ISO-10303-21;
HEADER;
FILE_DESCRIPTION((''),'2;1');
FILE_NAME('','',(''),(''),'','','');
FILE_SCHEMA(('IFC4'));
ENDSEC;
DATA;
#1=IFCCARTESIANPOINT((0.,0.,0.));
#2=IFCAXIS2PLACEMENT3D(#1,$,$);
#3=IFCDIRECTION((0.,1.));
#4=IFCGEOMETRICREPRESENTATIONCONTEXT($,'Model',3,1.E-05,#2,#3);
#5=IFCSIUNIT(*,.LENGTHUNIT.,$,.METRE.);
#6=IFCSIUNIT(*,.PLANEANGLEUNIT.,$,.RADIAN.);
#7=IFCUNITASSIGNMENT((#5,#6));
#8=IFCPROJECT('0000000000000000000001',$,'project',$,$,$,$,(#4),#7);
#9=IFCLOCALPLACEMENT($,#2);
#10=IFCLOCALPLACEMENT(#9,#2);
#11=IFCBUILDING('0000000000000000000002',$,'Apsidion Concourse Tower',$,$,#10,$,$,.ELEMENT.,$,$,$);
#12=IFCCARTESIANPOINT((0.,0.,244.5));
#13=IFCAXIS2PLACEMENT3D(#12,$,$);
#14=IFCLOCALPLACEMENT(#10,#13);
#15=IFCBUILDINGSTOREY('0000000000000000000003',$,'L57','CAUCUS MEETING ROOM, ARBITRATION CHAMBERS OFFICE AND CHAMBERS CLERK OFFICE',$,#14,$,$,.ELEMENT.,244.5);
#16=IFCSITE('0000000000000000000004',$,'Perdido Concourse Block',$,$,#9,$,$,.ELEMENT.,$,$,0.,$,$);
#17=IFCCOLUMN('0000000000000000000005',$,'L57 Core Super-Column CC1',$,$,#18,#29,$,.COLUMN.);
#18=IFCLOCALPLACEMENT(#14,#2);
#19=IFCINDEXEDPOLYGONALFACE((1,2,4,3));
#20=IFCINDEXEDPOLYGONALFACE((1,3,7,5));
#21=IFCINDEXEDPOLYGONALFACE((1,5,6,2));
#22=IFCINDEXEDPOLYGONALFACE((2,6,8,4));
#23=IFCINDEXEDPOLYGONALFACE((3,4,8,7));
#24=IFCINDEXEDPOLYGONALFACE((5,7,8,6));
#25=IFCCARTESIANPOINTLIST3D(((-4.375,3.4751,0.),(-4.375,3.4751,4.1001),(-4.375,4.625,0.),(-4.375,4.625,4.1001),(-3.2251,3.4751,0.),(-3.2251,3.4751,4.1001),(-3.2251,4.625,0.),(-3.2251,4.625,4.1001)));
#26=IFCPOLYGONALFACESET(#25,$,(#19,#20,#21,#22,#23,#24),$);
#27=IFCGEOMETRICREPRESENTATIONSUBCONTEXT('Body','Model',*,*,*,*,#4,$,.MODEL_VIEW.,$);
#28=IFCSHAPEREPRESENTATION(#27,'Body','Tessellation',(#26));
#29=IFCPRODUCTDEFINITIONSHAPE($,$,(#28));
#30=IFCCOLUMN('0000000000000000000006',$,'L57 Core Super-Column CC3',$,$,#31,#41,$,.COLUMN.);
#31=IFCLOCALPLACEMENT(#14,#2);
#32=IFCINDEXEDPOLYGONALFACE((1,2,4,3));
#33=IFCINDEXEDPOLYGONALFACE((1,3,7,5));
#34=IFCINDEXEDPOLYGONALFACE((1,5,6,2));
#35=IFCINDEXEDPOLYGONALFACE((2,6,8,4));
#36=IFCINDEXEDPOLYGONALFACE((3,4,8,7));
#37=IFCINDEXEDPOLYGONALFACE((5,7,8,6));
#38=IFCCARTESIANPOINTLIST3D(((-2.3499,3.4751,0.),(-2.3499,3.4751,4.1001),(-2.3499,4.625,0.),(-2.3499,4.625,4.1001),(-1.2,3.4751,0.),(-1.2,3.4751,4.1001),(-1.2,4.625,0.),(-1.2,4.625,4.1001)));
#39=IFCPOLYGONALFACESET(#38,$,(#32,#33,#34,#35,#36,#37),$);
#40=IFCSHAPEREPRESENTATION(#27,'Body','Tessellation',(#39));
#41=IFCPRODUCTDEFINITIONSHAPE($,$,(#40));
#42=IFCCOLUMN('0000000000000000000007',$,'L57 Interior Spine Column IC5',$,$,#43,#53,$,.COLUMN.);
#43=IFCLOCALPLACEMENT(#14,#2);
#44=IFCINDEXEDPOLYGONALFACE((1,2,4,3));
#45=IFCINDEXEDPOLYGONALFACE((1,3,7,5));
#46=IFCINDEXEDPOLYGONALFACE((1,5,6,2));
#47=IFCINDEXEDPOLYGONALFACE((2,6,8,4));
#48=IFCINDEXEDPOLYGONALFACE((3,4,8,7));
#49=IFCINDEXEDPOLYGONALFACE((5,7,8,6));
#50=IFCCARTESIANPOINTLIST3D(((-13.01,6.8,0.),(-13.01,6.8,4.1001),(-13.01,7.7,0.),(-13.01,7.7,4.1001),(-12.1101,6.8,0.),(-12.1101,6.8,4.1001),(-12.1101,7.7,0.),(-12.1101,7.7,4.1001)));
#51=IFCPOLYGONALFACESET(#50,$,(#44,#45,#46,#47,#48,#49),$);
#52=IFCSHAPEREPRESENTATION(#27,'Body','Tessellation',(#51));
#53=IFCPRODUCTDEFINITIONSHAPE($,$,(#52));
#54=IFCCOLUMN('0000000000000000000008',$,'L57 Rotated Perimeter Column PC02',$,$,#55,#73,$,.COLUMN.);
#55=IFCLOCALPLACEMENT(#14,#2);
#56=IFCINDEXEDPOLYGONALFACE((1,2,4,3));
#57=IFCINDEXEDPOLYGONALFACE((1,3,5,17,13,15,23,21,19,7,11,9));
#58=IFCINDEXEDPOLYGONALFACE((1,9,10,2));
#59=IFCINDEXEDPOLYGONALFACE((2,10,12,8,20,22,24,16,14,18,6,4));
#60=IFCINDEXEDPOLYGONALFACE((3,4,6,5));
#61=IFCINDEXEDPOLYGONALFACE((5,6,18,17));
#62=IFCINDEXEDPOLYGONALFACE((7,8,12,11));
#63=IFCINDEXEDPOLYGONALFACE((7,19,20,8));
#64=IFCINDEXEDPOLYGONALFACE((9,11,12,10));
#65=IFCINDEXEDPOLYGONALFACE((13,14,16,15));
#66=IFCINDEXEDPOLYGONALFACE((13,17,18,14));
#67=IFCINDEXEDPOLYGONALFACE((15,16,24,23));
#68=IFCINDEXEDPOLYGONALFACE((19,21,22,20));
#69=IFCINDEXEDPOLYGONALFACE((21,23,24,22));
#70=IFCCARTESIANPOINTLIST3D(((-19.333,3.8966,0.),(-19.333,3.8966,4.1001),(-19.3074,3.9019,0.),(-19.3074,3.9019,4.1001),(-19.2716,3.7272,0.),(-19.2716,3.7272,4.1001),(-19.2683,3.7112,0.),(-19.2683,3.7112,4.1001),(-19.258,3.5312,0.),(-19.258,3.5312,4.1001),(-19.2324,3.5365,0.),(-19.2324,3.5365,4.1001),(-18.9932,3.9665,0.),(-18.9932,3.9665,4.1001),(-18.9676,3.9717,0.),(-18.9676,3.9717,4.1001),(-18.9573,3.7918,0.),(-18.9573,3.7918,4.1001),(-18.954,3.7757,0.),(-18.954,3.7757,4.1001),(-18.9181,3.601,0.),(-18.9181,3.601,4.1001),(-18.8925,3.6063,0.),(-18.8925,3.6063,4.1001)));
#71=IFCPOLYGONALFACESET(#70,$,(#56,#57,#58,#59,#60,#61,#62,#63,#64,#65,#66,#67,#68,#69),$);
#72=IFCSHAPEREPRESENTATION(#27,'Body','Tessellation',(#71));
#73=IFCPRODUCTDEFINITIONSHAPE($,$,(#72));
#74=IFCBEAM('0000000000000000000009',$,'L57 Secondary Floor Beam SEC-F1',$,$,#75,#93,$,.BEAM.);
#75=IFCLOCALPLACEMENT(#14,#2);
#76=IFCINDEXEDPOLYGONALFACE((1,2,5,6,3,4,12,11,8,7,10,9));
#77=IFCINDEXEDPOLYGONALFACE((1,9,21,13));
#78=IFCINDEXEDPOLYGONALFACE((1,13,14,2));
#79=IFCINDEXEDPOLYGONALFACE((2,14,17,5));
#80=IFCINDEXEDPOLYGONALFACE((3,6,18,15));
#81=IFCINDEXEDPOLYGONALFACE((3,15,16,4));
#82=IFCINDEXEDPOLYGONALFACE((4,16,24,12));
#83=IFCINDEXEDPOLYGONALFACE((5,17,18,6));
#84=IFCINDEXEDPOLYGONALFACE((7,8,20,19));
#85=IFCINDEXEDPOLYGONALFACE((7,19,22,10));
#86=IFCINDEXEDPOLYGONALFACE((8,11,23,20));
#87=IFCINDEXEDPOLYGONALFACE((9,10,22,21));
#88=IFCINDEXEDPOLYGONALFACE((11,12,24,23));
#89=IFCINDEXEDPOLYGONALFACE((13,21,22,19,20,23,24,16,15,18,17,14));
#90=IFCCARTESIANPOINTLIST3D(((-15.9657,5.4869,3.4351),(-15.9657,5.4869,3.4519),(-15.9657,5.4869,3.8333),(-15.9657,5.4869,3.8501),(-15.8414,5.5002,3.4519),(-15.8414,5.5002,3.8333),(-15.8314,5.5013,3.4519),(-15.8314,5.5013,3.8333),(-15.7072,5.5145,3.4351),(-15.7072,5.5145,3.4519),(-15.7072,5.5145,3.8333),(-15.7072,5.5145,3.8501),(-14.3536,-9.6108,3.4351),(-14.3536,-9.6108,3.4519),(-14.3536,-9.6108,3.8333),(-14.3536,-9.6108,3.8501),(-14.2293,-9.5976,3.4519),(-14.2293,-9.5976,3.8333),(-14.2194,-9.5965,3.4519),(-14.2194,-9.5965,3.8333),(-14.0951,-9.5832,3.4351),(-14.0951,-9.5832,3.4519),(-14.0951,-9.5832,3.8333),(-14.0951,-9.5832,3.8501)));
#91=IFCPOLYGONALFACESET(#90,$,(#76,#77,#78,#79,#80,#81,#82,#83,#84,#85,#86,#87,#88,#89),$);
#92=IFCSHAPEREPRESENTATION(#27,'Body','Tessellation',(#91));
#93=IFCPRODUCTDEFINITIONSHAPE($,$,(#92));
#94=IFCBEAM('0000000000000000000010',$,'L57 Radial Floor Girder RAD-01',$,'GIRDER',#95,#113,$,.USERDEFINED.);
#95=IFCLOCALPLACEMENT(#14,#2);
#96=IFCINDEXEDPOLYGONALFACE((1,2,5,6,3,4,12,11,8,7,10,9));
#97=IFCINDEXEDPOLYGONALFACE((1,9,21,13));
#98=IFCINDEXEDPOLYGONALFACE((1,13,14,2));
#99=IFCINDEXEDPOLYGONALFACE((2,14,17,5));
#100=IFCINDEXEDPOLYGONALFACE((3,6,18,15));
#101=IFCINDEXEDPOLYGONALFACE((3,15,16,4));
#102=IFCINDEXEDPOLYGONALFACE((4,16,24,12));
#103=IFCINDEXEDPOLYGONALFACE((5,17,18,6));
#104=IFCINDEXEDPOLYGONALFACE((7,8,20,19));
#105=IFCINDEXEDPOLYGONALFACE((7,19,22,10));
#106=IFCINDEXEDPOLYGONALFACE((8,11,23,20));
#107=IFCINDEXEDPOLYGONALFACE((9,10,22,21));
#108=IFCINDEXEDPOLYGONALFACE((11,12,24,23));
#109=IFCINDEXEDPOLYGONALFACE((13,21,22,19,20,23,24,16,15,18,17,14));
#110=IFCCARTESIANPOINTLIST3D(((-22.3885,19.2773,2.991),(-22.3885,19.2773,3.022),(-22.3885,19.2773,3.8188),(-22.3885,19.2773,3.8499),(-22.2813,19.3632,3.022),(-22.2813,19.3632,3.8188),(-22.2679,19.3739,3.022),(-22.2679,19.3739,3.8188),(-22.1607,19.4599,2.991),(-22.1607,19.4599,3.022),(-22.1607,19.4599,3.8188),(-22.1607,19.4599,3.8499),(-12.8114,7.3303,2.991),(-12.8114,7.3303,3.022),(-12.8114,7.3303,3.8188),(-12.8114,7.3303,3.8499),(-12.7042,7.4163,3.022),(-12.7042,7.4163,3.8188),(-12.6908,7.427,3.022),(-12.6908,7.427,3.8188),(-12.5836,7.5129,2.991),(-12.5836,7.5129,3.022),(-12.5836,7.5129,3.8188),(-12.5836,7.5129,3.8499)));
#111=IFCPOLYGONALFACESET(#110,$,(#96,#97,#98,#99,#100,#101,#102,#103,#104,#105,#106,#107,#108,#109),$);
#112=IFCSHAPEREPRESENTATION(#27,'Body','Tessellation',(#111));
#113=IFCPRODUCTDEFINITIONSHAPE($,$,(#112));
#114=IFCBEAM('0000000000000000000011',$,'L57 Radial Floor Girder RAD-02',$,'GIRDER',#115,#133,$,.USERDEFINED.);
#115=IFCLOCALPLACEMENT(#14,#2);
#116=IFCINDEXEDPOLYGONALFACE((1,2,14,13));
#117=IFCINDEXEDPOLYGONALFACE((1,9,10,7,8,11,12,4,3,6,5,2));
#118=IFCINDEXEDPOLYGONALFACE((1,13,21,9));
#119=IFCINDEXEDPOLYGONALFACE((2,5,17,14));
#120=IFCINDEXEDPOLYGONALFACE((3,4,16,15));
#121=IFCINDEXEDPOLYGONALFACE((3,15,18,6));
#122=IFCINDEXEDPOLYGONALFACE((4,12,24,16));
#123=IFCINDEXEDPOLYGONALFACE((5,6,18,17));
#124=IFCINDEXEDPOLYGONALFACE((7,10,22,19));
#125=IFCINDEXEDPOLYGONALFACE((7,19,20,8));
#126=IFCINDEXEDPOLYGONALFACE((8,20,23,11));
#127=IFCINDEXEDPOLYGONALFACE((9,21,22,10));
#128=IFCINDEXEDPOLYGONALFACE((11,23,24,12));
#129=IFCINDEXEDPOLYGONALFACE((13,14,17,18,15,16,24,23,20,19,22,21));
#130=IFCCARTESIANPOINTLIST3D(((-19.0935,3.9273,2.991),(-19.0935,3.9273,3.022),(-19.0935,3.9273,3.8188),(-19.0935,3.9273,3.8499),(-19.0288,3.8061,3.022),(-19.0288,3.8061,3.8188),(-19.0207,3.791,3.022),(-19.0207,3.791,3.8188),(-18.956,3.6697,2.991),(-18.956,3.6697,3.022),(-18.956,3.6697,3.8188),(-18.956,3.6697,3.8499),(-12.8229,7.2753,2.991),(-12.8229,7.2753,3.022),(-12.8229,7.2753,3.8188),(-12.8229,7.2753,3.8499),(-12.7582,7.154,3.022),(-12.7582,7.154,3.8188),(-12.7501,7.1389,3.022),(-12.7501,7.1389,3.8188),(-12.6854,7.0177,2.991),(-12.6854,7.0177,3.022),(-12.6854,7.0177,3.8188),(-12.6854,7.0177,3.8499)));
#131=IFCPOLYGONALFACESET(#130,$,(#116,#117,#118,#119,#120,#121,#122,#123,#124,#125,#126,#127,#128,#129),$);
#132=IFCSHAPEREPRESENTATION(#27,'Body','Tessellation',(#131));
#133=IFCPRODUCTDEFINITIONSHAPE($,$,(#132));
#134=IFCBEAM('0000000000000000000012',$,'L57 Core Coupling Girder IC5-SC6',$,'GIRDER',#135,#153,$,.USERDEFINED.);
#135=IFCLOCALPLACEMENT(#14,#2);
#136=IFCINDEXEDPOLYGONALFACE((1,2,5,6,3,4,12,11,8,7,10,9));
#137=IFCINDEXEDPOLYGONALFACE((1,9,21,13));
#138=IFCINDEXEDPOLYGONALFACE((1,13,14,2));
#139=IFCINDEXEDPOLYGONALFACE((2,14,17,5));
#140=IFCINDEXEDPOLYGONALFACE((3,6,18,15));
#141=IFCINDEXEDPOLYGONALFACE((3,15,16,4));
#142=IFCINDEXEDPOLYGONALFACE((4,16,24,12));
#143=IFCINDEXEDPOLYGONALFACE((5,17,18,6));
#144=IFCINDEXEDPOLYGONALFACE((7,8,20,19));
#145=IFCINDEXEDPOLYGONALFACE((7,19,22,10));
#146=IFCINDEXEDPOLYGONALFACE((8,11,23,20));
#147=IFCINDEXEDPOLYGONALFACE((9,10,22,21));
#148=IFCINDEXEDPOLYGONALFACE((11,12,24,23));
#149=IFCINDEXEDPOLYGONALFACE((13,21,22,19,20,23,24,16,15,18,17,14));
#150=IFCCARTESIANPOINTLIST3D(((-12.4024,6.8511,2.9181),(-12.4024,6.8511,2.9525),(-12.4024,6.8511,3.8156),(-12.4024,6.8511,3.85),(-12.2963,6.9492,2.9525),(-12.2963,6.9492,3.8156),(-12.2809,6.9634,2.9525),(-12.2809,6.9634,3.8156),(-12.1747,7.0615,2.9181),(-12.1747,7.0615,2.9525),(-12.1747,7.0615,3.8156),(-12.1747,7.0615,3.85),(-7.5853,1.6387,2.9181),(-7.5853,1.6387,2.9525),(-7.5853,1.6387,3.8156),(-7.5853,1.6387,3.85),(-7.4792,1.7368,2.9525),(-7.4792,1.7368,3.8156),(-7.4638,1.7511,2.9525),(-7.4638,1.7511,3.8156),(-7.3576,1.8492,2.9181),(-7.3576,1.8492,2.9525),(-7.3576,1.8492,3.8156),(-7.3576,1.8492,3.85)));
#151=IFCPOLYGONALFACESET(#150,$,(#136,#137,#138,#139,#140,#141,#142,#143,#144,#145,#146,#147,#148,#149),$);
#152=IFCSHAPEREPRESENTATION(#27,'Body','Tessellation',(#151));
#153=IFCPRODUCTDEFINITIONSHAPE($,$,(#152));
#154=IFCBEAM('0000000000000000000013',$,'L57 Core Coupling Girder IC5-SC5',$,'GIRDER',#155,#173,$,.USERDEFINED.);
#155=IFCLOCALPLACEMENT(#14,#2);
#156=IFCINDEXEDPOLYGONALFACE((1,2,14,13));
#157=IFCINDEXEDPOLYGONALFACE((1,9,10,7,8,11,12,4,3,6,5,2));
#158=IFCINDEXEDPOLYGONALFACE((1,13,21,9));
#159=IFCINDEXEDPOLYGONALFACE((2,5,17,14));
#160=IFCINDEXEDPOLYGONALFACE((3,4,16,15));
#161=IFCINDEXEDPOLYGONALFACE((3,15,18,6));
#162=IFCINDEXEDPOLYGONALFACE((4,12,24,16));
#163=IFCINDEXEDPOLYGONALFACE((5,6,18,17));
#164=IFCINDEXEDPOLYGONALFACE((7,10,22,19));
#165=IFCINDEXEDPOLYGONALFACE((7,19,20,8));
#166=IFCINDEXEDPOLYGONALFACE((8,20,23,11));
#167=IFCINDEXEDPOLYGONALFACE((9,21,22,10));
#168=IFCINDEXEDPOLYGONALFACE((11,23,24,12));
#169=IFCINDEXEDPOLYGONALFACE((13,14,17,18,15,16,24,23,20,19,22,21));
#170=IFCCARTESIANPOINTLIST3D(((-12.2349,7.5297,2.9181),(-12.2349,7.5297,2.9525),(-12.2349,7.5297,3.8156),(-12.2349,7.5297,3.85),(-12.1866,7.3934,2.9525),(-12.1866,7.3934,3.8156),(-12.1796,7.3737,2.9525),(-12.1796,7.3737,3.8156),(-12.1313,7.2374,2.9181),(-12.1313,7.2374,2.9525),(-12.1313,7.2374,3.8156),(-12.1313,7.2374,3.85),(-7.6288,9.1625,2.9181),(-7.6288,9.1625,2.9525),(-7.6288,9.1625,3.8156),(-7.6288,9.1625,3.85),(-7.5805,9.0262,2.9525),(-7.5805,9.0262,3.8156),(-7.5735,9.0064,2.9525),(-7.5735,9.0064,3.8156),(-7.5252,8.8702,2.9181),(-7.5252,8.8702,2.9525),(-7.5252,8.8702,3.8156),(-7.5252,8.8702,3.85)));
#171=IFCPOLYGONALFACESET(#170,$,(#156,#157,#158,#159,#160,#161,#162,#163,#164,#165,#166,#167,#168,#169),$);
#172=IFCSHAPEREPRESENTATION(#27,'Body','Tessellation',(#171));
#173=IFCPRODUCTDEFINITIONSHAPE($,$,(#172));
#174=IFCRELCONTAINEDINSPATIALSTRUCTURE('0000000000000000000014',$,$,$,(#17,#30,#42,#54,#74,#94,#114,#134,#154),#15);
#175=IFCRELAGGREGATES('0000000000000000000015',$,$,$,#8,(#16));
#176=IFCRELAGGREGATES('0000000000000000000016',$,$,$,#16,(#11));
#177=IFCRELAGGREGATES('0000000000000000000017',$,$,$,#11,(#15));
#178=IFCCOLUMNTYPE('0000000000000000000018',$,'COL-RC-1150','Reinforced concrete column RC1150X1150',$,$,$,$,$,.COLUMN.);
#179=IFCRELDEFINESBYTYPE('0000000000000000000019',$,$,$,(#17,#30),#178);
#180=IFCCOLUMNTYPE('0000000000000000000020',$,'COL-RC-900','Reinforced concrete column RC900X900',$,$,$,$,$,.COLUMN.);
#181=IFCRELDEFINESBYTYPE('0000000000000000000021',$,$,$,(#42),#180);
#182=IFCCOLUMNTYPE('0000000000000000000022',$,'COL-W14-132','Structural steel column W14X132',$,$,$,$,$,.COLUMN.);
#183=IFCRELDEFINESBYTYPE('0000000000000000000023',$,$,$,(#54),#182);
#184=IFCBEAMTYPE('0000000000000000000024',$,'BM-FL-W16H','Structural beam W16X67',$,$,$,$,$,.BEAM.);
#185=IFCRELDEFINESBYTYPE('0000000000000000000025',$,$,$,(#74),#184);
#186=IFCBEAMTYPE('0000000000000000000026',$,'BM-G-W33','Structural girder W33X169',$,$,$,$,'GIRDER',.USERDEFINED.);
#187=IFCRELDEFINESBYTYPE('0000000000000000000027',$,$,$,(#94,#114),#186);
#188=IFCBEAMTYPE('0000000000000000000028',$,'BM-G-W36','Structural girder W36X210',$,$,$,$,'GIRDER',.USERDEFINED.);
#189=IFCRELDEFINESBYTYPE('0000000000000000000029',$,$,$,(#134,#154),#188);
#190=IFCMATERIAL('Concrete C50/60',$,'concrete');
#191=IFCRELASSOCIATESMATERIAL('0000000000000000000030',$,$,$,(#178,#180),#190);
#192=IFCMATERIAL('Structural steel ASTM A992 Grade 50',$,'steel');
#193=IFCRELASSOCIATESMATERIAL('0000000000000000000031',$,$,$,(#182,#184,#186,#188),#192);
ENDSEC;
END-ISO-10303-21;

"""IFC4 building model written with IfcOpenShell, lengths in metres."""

from ifc_helpers import new_model, si_unit, direction, frame, origin, origin_2d, place, context, subcontext, project, spatial, rectangle, i_section, extrude, material, material_profile, profile_set, type_object, element, save


model = new_model("IFC4")

# Units and contexts
model_context = context("Model", 3, precision=1e-05, world=origin(), true_north=direction((0.0, 1.0)))
body_context = subcontext(model_context, "Body", "Model", "MODEL_VIEW")
ifc_project = project(units=[si_unit("LENGTHUNIT", "METRE"), si_unit("PLANEANGLEUNIT", "RADIAN")], contexts=[model_context])

# Site, building, storey
site_placement = place(None, origin())
site = spatial("IfcSite", under=ifc_project, at=site_placement, Name="Perdido Concourse Block", CompositionType="ELEMENT", RefElevation=0.0)
building_placement = place(site_placement, origin())
building = spatial("IfcBuilding", under=site, at=building_placement, Name="Apsidion Concourse Tower", CompositionType="ELEMENT")
storey_placement = place(building_placement, frame((0.0, 0.0, 244.5)))
storey = spatial("IfcBuildingStorey", under=building, at=storey_placement, Name="L57", Description="CAUCUS MEETING ROOM, ARBITRATION CHAMBERS OFFICE AND CHAMBERS CLERK OFFICE", CompositionType="ELEMENT", Elevation=244.5)

# Columns
ifc_material_1 = material(Name="Concrete C50/60", Category="concrete")
ifc_material_profile_1 = material_profile(ifc_material_1, rectangle(XDim=1.1499, YDim=1.1499, at=origin_2d()), Name="RC 1150x1150")
ifc_profile_set_1 = profile_set([ifc_material_profile_1], Name="Concrete C50/60")
column_type_1 = type_object("IfcColumnType", Name="COL-RC-1150", Description="Reinforced concrete column RC1150X1150", PredefinedType="COLUMN", material=ifc_profile_set_1)
for number, where, z_axis, x_axis, name in (
    (1, (-3.8, 4.05, 0.0), (0.0, 0.0, 1.0), (1.0, 0.0, 0.0), "L57 Core Super-Column CC1"),
    (2, (-1.7749, 4.05, 0.0), (0.0, 0.0, 1.0), (1.0, 0.0, 0.0), "L57 Core Super-Column CC3"),
):
    element("IfcColumn", number, at=place(storey_placement, frame(where, z_axis=z_axis, x_axis=x_axis)), inside=storey, type_object=column_type_1, Name=name, PredefinedType="COLUMN", context=body_context, shape_type="SweptSolid", body=[
        extrude(rectangle(XDim=1.1499, YDim=1.1499, at=origin_2d()), origin(), (0.0, 0.0, 1.0), 4.1001),
    ])
ifc_material_profile_2 = material_profile(ifc_material_1, rectangle(XDim=0.8999, YDim=0.8999, at=origin_2d()), Name="RC 900x900")
ifc_profile_set_2 = profile_set([ifc_material_profile_2], Name="Concrete C50/60")
column_type_2 = type_object("IfcColumnType", Name="COL-RC-900", Description="Reinforced concrete column RC900X900", PredefinedType="COLUMN", material=ifc_profile_set_2)
column_1_placement = place(storey_placement, frame((-12.5601, 7.25, 0.0), z_axis=(0.0, 0.0, 1.0), x_axis=(1.0, 0.0, 0.0)))
element("IfcColumn", 3, at=column_1_placement, inside=storey, type_object=column_type_2, Name="L57 Interior Spine Column IC5", PredefinedType="COLUMN", context=body_context, shape_type="SweptSolid", body=[
    extrude(rectangle(XDim=0.8999, YDim=0.8999, at=origin_2d()), origin(), (0.0, 0.0, 1.0), 4.1001),
])
ifc_material_2 = material(Name="Structural steel ASTM A992 Grade 50", Category="steel")
ifc_material_profile_3 = material_profile(ifc_material_2, i_section(OverallWidth=0.373, OverallDepth=0.373, WebThickness=0.0164, FlangeThickness=0.0261, at=origin_2d()), Name="W14X132")
ifc_profile_set_3 = profile_set([ifc_material_profile_3], Name="Structural steel ASTM A992 Grade 50")
column_type_3 = type_object("IfcColumnType", Name="COL-W14-132", Description="Structural steel column W14X132", PredefinedType="COLUMN", material=ifc_profile_set_3)
column_2_placement = place(storey_placement, frame((-19.1128, 3.7515, 0.0), z_axis=(0.0, 0.0, 1.0), x_axis=(-0.201249, 0.97954, 0.0)))
element("IfcColumn", 4, at=column_2_placement, inside=storey, type_object=column_type_3, Name="L57 Rotated Perimeter Column PC02", PredefinedType="COLUMN", context=body_context, shape_type="SweptSolid", body=[
    extrude(i_section(OverallWidth=0.373, OverallDepth=0.373, WebThickness=0.0164, FlangeThickness=0.0261, at=origin_2d()), origin(), (0.0, 0.0, 1.0), 4.1001),
])

# Beams
ifc_material_profile_4 = material_profile(ifc_material_2, i_section(OverallWidth=0.26, OverallDepth=0.415, WebThickness=0.01, FlangeThickness=0.0168, at=origin_2d()), Name="W16X67")
ifc_profile_set_4 = profile_set([ifc_material_profile_4], Name="Structural steel ASTM A992 Grade 50")
beam_type_1 = type_object("IfcBeamType", Name="BM-FL-W16H", Description="Structural beam W16X67", PredefinedType="BEAM", material=ifc_profile_set_4)
beam_1_placement = place(storey_placement, frame((-15.8364, 5.5007, 3.6426), z_axis=(0.106172, -0.994348, 0.0), x_axis=(0.994348, 0.106172, 0.0)))
element("IfcBeam", 5, at=beam_1_placement, inside=storey, type_object=beam_type_1, Name="L57 Secondary Floor Beam SEC-F1", PredefinedType="BEAM", context=body_context, shape_type="SweptSolid", body=[
    extrude(i_section(OverallWidth=0.26, OverallDepth=0.415, WebThickness=0.01, FlangeThickness=0.0168, at=origin_2d()), origin(), (0.0, 0.0, 1.0), 15.1836),
])
ifc_material_profile_5 = material_profile(ifc_material_2, i_section(OverallWidth=0.292, OverallDepth=0.8589, WebThickness=0.0171, FlangeThickness=0.031, at=origin_2d()), Name="W33X169")
ifc_profile_set_5 = profile_set([ifc_material_profile_5], Name="Structural steel ASTM A992 Grade 50")
beam_type_2 = type_object("IfcBeamType", Name="BM-G-W33", Description="Structural girder W33X169", ElementType="GIRDER", PredefinedType="USERDEFINED", material=ifc_profile_set_5)
beam_2_placement = place(storey_placement, frame((-12.6975, 7.4216, 3.4204), z_axis=(-0.625473, 0.780246, 0.0), x_axis=(-0.780246, -0.625473, 0.0)))
element("IfcBeam", 6, at=beam_2_placement, inside=storey, type_object=beam_type_2, Name="L57 Radial Floor Girder RAD-01", ObjectType="GIRDER", PredefinedType="USERDEFINED", context=body_context, shape_type="SweptSolid", body=[
    extrude(i_section(OverallWidth=0.292, OverallDepth=0.8589, WebThickness=0.0171, FlangeThickness=0.031, at=origin_2d()), origin(), (0.0, 0.0, 1.0), 15.3118),
])
beam_3_placement = place(storey_placement, frame((-12.7542, 7.1465, 3.4204), z_axis=(-0.882141, -0.470986, 0.0), x_axis=(0.470986, -0.882141, 0.0)))
element("IfcBeam", 7, at=beam_3_placement, inside=storey, type_object=beam_type_2, Name="L57 Radial Floor Girder RAD-02", ObjectType="GIRDER", PredefinedType="USERDEFINED", context=body_context, shape_type="SweptSolid", body=[
    extrude(i_section(OverallWidth=0.292, OverallDepth=0.8589, WebThickness=0.0171, FlangeThickness=0.031, at=origin_2d()), origin(), (0.0, 0.0, 1.0), 7.1084),
])
ifc_material_profile_6 = material_profile(ifc_material_2, i_section(OverallWidth=0.3101, OverallDepth=0.9319, WebThickness=0.021, FlangeThickness=0.0344, at=origin_2d()), Name="W36X210")
ifc_profile_set_6 = profile_set([ifc_material_profile_6], Name="Structural steel ASTM A992 Grade 50")
beam_type_3 = type_object("IfcBeamType", Name="BM-G-W36", Description="Structural girder W36X210", ElementType="GIRDER", PredefinedType="USERDEFINED", material=ifc_profile_set_6)
beam_4_placement = place(storey_placement, frame((-12.2886, 6.9563, 3.384), z_axis=(0.678713, -0.734404, 0.0), x_axis=(0.734404, 0.678713, 0.0)))
element("IfcBeam", 8, at=beam_4_placement, inside=storey, type_object=beam_type_3, Name="L57 Core Coupling Girder IC5-SC6", ObjectType="GIRDER", PredefinedType="USERDEFINED", context=body_context, shape_type="SweptSolid", body=[
    extrude(i_section(OverallWidth=0.3101, OverallDepth=0.9319, WebThickness=0.021, FlangeThickness=0.0344, at=origin_2d()), origin(), (0.0, 0.0, 1.0), 7.0974),
])
beam_5_placement = place(storey_placement, frame((-12.1831, 7.3835, 3.384), z_axis=(0.942534, 0.334111, 0.0), x_axis=(-0.334111, 0.942534, 0.0)))
element("IfcBeam", 9, at=beam_5_placement, inside=storey, type_object=beam_type_3, Name="L57 Core Coupling Girder IC5-SC5", ObjectType="GIRDER", PredefinedType="USERDEFINED", context=body_context, shape_type="SweptSolid", body=[
    extrude(i_section(OverallWidth=0.3101, OverallDepth=0.9319, WebThickness=0.021, FlangeThickness=0.0344, at=origin_2d()), origin(), (0.0, 0.0, 1.0), 4.887),
])

save(model, "model.ifc")
